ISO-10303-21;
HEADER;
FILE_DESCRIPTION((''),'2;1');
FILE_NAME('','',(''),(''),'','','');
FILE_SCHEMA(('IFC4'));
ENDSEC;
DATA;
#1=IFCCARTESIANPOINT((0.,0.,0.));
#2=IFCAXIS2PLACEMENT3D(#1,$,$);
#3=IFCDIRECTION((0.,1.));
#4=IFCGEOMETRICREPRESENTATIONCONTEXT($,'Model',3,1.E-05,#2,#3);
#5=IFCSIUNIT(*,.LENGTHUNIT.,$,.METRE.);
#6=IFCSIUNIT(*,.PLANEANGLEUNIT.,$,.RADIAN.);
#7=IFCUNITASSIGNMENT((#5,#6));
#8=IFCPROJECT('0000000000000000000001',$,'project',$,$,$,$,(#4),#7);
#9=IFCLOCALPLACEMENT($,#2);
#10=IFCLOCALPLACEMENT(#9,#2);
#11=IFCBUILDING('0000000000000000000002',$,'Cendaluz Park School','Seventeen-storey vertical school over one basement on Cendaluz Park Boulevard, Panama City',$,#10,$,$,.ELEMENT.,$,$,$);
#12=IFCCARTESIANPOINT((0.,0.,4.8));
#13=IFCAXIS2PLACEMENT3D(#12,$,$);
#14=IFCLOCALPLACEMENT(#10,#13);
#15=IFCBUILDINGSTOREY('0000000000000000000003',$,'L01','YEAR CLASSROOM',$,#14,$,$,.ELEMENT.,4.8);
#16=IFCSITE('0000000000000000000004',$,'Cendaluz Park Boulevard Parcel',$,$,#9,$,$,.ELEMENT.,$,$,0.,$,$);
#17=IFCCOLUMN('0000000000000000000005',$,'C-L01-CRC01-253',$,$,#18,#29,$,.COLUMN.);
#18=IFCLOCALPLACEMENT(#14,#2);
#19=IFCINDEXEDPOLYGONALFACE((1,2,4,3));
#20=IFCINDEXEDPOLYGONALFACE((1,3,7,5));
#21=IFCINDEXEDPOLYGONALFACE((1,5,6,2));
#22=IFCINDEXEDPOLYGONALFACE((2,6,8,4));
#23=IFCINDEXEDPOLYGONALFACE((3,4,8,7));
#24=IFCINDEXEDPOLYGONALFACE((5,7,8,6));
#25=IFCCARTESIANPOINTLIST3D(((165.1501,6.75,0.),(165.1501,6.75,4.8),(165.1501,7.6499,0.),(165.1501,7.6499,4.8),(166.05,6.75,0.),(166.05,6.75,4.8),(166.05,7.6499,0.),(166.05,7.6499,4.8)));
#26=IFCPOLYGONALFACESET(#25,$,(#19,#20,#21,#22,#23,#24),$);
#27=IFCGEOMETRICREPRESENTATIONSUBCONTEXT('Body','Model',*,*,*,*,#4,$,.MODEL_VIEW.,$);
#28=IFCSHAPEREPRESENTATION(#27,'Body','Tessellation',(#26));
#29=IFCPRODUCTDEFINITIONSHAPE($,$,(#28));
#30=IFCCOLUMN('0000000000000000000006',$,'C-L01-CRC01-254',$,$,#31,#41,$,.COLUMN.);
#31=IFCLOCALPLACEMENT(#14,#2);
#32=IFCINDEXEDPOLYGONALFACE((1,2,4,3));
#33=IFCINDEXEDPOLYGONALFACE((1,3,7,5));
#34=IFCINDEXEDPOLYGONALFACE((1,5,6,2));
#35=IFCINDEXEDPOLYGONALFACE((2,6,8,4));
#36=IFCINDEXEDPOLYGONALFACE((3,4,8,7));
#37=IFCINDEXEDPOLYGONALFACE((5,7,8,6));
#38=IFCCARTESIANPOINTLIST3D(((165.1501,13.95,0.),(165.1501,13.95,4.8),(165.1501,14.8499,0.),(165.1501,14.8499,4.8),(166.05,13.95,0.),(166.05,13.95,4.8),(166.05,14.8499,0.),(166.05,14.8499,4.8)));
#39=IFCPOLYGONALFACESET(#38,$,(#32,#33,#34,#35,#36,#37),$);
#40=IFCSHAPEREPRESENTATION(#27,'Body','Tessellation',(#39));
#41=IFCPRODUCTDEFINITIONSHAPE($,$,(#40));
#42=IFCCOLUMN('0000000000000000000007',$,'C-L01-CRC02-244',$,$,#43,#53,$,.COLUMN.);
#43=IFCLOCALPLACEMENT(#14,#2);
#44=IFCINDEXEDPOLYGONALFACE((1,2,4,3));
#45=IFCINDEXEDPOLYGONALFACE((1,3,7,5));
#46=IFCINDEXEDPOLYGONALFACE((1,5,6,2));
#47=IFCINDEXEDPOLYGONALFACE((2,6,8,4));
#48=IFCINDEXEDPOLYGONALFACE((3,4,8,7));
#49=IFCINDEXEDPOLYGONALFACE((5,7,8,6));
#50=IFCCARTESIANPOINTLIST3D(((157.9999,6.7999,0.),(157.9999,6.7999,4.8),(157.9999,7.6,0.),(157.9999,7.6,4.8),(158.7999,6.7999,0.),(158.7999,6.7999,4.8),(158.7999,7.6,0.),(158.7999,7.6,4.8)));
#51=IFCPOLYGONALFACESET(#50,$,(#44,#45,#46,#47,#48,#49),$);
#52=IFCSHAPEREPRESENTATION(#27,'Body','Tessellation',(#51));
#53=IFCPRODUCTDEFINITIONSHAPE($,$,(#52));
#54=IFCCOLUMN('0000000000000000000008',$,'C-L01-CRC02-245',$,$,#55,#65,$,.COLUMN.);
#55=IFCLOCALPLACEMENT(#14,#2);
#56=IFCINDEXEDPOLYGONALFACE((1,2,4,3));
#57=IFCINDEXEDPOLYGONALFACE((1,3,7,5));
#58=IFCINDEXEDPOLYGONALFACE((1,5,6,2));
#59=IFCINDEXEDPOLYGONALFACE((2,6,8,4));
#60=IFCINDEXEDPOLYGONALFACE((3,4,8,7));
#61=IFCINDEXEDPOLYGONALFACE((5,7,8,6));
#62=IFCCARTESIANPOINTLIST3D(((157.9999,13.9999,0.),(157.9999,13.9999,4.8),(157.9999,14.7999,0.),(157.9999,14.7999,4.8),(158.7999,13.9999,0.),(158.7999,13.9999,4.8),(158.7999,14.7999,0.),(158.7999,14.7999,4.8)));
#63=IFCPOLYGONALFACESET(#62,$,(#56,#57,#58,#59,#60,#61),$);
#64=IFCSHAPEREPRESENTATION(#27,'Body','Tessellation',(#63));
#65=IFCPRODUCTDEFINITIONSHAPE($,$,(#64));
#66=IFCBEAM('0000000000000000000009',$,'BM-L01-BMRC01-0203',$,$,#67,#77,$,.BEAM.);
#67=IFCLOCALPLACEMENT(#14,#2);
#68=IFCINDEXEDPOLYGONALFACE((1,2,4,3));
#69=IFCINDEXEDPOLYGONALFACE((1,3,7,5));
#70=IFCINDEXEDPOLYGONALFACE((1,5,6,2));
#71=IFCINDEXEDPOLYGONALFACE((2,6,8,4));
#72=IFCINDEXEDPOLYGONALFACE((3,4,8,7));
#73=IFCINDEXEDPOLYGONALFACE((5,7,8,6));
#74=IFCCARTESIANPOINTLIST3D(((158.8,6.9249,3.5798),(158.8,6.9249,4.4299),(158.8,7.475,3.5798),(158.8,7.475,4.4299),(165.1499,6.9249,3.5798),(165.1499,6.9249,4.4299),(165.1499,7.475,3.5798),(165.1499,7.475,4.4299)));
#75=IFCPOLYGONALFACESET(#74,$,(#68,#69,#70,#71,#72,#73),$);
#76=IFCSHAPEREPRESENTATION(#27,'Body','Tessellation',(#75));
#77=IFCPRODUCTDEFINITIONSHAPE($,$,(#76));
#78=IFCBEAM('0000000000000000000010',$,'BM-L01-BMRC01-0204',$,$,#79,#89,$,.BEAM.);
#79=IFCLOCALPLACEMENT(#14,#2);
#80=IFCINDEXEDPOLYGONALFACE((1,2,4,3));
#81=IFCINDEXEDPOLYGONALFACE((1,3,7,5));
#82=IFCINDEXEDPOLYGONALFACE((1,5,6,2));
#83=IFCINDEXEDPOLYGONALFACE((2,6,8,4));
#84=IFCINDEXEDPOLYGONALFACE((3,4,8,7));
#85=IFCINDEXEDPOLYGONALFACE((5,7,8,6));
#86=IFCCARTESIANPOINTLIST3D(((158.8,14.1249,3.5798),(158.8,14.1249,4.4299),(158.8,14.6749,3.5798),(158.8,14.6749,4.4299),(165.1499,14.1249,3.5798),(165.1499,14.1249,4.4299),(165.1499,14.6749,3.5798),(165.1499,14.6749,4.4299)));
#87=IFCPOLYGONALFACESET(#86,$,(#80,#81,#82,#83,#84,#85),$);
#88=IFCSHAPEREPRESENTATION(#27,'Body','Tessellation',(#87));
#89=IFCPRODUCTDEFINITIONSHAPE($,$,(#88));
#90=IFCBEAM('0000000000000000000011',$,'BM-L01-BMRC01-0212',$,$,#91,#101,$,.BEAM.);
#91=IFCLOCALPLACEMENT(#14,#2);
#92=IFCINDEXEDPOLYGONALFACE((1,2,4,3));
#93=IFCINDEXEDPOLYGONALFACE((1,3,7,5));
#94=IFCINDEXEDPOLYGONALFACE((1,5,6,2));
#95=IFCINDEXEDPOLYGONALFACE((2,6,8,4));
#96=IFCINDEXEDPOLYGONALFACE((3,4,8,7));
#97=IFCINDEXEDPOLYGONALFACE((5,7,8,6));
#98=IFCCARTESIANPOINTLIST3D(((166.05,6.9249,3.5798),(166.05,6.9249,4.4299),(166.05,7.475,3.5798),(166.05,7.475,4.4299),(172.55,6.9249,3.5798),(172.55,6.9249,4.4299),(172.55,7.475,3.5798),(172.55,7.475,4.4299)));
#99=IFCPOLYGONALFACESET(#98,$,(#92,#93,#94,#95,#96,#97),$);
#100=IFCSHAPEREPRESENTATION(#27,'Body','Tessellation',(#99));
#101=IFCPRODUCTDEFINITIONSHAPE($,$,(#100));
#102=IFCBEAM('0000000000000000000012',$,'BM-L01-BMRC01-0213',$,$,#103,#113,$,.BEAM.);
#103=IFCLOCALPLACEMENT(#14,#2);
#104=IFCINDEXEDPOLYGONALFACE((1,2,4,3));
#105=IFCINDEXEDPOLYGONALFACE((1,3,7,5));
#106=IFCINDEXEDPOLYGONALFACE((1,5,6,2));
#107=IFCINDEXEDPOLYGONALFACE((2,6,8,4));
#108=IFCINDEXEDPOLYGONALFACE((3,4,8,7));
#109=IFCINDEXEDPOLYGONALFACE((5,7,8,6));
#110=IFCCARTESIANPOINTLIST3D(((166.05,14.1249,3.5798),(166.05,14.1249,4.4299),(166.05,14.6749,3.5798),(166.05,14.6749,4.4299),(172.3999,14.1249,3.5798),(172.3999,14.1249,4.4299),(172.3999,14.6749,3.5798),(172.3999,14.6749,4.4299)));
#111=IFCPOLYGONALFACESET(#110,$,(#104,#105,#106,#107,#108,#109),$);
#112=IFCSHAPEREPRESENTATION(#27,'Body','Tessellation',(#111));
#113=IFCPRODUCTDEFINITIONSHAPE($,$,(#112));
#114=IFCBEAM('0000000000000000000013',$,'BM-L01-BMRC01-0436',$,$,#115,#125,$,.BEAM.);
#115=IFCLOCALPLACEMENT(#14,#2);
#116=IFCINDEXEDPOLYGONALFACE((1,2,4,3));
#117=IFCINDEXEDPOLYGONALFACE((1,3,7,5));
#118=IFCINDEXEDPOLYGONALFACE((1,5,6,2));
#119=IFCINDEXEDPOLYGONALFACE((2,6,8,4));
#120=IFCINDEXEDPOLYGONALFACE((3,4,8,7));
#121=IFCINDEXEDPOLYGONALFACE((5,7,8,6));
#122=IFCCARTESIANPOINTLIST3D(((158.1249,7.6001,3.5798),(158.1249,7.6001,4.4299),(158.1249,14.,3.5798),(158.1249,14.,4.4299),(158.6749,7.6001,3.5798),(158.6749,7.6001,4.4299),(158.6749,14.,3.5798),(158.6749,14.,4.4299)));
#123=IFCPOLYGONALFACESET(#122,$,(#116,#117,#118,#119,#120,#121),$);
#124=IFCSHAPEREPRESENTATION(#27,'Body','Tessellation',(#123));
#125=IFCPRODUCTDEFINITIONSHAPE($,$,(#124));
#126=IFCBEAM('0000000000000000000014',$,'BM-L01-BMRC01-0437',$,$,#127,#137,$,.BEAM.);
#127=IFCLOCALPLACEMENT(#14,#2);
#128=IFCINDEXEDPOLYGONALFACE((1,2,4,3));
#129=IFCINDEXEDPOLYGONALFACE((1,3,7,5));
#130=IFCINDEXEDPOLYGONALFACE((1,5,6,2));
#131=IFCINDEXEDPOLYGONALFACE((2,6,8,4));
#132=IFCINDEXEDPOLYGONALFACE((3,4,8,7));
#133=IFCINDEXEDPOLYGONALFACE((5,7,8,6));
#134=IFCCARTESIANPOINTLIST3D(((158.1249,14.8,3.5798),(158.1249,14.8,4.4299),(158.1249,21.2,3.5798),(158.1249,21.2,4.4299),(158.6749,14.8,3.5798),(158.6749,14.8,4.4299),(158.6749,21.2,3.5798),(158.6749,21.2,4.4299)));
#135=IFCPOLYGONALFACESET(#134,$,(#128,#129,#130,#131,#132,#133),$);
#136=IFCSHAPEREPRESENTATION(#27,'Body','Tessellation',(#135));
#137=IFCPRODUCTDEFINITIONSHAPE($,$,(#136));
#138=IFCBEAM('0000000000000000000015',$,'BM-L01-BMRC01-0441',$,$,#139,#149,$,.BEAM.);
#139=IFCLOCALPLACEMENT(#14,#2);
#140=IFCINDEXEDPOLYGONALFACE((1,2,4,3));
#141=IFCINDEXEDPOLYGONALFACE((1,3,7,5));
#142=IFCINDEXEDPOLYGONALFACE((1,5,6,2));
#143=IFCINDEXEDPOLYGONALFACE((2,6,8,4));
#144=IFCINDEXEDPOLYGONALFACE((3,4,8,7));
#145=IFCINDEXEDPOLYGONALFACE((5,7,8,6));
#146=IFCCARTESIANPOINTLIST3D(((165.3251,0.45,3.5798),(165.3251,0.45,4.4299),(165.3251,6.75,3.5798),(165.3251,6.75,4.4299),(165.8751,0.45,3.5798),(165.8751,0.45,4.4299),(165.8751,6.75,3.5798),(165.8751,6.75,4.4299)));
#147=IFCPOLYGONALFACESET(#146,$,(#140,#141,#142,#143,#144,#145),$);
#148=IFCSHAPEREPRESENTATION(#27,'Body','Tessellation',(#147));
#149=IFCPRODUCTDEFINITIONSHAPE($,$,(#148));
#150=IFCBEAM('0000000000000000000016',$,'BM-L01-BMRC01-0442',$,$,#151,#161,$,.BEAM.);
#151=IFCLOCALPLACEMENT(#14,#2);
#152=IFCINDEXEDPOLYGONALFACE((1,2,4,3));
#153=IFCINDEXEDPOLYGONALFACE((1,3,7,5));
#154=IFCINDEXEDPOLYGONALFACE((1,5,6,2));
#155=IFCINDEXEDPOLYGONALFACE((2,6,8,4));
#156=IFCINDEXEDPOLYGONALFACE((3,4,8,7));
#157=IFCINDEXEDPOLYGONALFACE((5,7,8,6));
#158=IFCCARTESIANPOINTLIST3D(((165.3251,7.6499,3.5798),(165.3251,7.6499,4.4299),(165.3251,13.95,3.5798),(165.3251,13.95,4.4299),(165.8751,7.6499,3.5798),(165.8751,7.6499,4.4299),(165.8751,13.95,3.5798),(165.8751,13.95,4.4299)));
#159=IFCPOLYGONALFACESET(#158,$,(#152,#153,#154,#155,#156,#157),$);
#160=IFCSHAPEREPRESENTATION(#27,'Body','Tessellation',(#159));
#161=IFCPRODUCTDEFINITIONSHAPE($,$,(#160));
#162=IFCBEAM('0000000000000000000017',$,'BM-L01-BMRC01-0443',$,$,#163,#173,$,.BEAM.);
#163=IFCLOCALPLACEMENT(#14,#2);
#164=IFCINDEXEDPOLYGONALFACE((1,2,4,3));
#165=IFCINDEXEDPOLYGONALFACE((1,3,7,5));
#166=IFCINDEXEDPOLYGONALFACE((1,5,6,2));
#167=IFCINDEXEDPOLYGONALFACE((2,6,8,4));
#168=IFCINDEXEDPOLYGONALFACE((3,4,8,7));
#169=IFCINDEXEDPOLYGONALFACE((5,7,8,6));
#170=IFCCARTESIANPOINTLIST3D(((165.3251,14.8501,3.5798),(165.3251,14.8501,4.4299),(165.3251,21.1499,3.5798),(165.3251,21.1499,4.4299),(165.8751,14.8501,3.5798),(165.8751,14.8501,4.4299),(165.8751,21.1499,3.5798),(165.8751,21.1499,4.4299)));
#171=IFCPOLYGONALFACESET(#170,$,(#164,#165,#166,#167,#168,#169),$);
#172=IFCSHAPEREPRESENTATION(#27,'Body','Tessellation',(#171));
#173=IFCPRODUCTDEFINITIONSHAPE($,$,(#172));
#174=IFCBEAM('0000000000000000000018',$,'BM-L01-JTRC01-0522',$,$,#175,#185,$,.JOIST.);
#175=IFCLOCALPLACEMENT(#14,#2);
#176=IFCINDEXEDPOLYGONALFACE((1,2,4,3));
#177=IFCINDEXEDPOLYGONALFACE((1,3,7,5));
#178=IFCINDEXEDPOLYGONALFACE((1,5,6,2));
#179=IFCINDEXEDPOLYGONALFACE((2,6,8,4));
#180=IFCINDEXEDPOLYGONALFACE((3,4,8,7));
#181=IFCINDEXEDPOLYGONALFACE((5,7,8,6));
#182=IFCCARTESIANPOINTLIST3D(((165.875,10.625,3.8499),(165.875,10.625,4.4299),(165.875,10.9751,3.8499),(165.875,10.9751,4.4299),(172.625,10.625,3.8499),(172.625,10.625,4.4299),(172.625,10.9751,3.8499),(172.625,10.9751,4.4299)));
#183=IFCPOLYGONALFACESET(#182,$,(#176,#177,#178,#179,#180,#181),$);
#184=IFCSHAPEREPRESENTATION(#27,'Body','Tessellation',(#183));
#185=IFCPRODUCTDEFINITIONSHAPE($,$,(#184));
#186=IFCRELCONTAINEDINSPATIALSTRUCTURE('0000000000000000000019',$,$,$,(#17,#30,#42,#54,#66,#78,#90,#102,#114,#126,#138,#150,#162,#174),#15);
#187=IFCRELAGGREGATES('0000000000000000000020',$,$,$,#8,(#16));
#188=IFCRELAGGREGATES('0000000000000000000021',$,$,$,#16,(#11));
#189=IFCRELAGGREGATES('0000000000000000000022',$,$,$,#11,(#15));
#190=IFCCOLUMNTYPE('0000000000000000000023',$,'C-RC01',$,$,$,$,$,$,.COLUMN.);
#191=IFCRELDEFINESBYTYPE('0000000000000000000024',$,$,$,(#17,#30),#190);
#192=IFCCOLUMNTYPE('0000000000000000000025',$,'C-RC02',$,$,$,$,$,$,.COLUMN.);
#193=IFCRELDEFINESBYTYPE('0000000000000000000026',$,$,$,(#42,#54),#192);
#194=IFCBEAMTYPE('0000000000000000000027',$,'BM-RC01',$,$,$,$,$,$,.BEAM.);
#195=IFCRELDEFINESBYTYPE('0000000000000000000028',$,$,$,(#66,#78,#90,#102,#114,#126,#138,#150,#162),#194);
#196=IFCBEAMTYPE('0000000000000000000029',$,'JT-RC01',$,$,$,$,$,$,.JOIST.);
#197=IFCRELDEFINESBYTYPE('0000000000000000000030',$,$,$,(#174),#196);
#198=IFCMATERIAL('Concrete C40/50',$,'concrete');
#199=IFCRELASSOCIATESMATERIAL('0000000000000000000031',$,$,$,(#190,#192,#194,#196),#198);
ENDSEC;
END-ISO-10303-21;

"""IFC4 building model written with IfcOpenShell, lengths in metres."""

from ifc_helpers import new_model, si_unit, direction, frame, origin, origin_2d, place, context, subcontext, project, spatial, rectangle, extrude, material, material_profile, profile_set, type_object, element, save


model = new_model("IFC4")

# Units and contexts
model_context = context("Model", 3, precision=1e-05, world=origin(), true_north=direction((0.0, 1.0)))
body_context = subcontext(model_context, "Body", "Model", "MODEL_VIEW")
ifc_project = project(units=[si_unit("LENGTHUNIT", "METRE"), si_unit("PLANEANGLEUNIT", "RADIAN")], contexts=[model_context])

# Site, building, storey
site_placement = place(None, origin())
site = spatial("IfcSite", under=ifc_project, at=site_placement, Name="Cendaluz Park Boulevard Parcel", CompositionType="ELEMENT", RefElevation=0.0)
building_placement = place(site_placement, origin())
building = spatial("IfcBuilding", under=site, at=building_placement, Name="Cendaluz Park School", Description="Seventeen-storey vertical school over one basement on Cendaluz Park Boulevard, Panama City", CompositionType="ELEMENT")
storey_placement = place(building_placement, frame((0.0, 0.0, 4.8)))
storey = spatial("IfcBuildingStorey", under=building, at=storey_placement, Name="L01", Description="YEAR CLASSROOM", CompositionType="ELEMENT", Elevation=4.8)

# Columns
ifc_material_1 = material(Name="Concrete C40/50", Category="concrete")
ifc_material_profile_1 = material_profile(ifc_material_1, rectangle(XDim=0.8999, YDim=0.8999, at=origin_2d()), Name="RC 900x900", Category="concrete")
ifc_profile_set_1 = profile_set([ifc_material_profile_1], Name="Concrete C40/50")
column_type_1 = type_object("IfcColumnType", Name="C-RC01", PredefinedType="COLUMN", material=ifc_profile_set_1)
for number, where, z_axis, x_axis, name in (
    (1, (165.6001, 7.2, 0.0), (0.0, 0.0, 1.0), (1.0, 0.0, 0.0), "C-L01-CRC01-253"),
    (2, (165.6001, 14.3999, 0.0), (0.0, 0.0, 1.0), (1.0, 0.0, 0.0), "C-L01-CRC01-254"),
):
    element("IfcColumn", number, at=place(storey_placement, frame(where, z_axis=z_axis, x_axis=x_axis)), inside=storey, type_object=column_type_1, Name=name, PredefinedType="COLUMN", context=body_context, shape_type="SweptSolid", body=[
        extrude(rectangle(XDim=0.8999, YDim=0.8999, at=origin_2d()), origin(), (0.0, 0.0, 1.0), 4.8),
    ])
ifc_material_profile_2 = material_profile(ifc_material_1, rectangle(XDim=0.8, YDim=0.8, at=origin_2d()), Name="RC 800x800", Category="concrete")
ifc_profile_set_2 = profile_set([ifc_material_profile_2], Name="Concrete C40/50")
column_type_2 = type_object("IfcColumnType", Name="C-RC02", PredefinedType="COLUMN", material=ifc_profile_set_2)
for number, where, z_axis, x_axis, name in (
    (3, (158.3999, 7.2, 0.0), (0.0, 0.0, 1.0), (1.0, 0.0, 0.0), "C-L01-CRC02-244"),
    (4, (158.3999, 14.3999, 0.0), (0.0, 0.0, 1.0), (1.0, 0.0, 0.0), "C-L01-CRC02-245"),
):
    element("IfcColumn", number, at=place(storey_placement, frame(where, z_axis=z_axis, x_axis=x_axis)), inside=storey, type_object=column_type_2, Name=name, PredefinedType="COLUMN", context=body_context, shape_type="SweptSolid", body=[
        extrude(rectangle(XDim=0.8, YDim=0.8, at=origin_2d()), origin(), (0.0, 0.0, 1.0), 4.8),
    ])

# Beams
ifc_material_profile_3 = material_profile(ifc_material_1, rectangle(XDim=0.55, YDim=0.8501, at=origin_2d()), Name="RC 550x850", Category="concrete")
ifc_profile_set_3 = profile_set([ifc_material_profile_3], Name="Concrete C40/50")
beam_type_1 = type_object("IfcBeamType", Name="BM-RC01", PredefinedType="BEAM", material=ifc_profile_set_3)
for number, where, z_axis, x_axis, name in (
    (5, (158.8, 7.2, 4.0049), (1.0, 0.0, 0.0), (0.0, 1.0, 0.0), "BM-L01-BMRC01-0203"),
    (6, (158.8, 14.3999, 4.0049), (1.0, 0.0, 0.0), (0.0, 1.0, 0.0), "BM-L01-BMRC01-0204"),
):
    element("IfcBeam", number, at=place(storey_placement, frame(where, z_axis=z_axis, x_axis=x_axis)), inside=storey, type_object=beam_type_1, Name=name, PredefinedType="BEAM", context=body_context, shape_type="SweptSolid", body=[
        extrude(rectangle(XDim=0.55, YDim=0.8501, at=origin_2d()), origin(), (0.0, 0.0, 1.0), 6.3499),
    ])
beam_1_placement = place(storey_placement, frame((166.05, 7.2, 4.0049), z_axis=(1.0, 0.0, 0.0), x_axis=(0.0, 1.0, 0.0)))
element("IfcBeam", 7, at=beam_1_placement, inside=storey, type_object=beam_type_1, Name="BM-L01-BMRC01-0212", PredefinedType="BEAM", context=body_context, shape_type="SweptSolid", body=[
    extrude(rectangle(XDim=0.55, YDim=0.8501, at=origin_2d()), origin(), (0.0, 0.0, 1.0), 6.5),
])
beam_2_placement = place(storey_placement, frame((166.05, 14.3999, 4.0049), z_axis=(1.0, 0.0, 0.0), x_axis=(0.0, 1.0, 0.0)))
element("IfcBeam", 8, at=beam_2_placement, inside=storey, type_object=beam_type_1, Name="BM-L01-BMRC01-0213", PredefinedType="BEAM", context=body_context, shape_type="SweptSolid", body=[
    extrude(rectangle(XDim=0.55, YDim=0.8501, at=origin_2d()), origin(), (0.0, 0.0, 1.0), 6.3499),
])
for number, where, z_axis, x_axis, name in (
    (9, (158.3999, 7.6001, 4.0049), (0.0, 1.0, 0.0), (-1.0, 0.0, 0.0), "BM-L01-BMRC01-0436"),
    (10, (158.3999, 14.8, 4.0049), (0.0, 1.0, 0.0), (-1.0, 0.0, 0.0), "BM-L01-BMRC01-0437"),
):
    element("IfcBeam", number, at=place(storey_placement, frame(where, z_axis=z_axis, x_axis=x_axis)), inside=storey, type_object=beam_type_1, Name=name, PredefinedType="BEAM", context=body_context, shape_type="SweptSolid", body=[
        extrude(rectangle(XDim=0.55, YDim=0.8501, at=origin_2d()), origin(), (0.0, 0.0, 1.0), 6.3999),
    ])
for number, where, z_axis, x_axis, name in (
    (11, (165.6001, 0.45, 4.0049), (0.0, 1.0, 0.0), (-1.0, 0.0, 0.0), "BM-L01-BMRC01-0441"),
    (12, (165.6001, 7.6499, 4.0049), (0.0, 1.0, 0.0), (-1.0, 0.0, 0.0), "BM-L01-BMRC01-0442"),
):
    element("IfcBeam", number, at=place(storey_placement, frame(where, z_axis=z_axis, x_axis=x_axis)), inside=storey, type_object=beam_type_1, Name=name, PredefinedType="BEAM", context=body_context, shape_type="SweptSolid", body=[
        extrude(rectangle(XDim=0.55, YDim=0.8501, at=origin_2d()), origin(), (0.0, 0.0, 1.0), 6.3),
    ])
beam_3_placement = place(storey_placement, frame((165.6001, 14.8501, 4.0049), z_axis=(0.0, 1.0, 0.0), x_axis=(-1.0, 0.0, 0.0)))
element("IfcBeam", 13, at=beam_3_placement, inside=storey, type_object=beam_type_1, Name="BM-L01-BMRC01-0443", PredefinedType="BEAM", context=body_context, shape_type="SweptSolid", body=[
    extrude(rectangle(XDim=0.55, YDim=0.8501, at=origin_2d()), origin(), (0.0, 0.0, 1.0), 6.2998),
])
ifc_material_profile_4 = material_profile(ifc_material_1, rectangle(XDim=0.3501, YDim=0.5801, at=origin_2d()), Name="RC 350x580", Category="concrete")
ifc_profile_set_4 = profile_set([ifc_material_profile_4], Name="Concrete C40/50")
beam_type_2 = type_object("IfcBeamType", Name="JT-RC01", PredefinedType="JOIST", material=ifc_profile_set_4)
beam_4_placement = place(storey_placement, frame((165.875, 10.8, 4.1399), z_axis=(1.0, 0.0, 0.0), x_axis=(0.0, 1.0, 0.0)))
element("IfcBeam", 14, at=beam_4_placement, inside=storey, type_object=beam_type_2, Name="BM-L01-JTRC01-0522", PredefinedType="JOIST", context=body_context, shape_type="SweptSolid", body=[
    extrude(rectangle(XDim=0.3501, YDim=0.5801, at=origin_2d()), origin(), (0.0, 0.0, 1.0), 6.75),
])

save(model, "model.ifc")
